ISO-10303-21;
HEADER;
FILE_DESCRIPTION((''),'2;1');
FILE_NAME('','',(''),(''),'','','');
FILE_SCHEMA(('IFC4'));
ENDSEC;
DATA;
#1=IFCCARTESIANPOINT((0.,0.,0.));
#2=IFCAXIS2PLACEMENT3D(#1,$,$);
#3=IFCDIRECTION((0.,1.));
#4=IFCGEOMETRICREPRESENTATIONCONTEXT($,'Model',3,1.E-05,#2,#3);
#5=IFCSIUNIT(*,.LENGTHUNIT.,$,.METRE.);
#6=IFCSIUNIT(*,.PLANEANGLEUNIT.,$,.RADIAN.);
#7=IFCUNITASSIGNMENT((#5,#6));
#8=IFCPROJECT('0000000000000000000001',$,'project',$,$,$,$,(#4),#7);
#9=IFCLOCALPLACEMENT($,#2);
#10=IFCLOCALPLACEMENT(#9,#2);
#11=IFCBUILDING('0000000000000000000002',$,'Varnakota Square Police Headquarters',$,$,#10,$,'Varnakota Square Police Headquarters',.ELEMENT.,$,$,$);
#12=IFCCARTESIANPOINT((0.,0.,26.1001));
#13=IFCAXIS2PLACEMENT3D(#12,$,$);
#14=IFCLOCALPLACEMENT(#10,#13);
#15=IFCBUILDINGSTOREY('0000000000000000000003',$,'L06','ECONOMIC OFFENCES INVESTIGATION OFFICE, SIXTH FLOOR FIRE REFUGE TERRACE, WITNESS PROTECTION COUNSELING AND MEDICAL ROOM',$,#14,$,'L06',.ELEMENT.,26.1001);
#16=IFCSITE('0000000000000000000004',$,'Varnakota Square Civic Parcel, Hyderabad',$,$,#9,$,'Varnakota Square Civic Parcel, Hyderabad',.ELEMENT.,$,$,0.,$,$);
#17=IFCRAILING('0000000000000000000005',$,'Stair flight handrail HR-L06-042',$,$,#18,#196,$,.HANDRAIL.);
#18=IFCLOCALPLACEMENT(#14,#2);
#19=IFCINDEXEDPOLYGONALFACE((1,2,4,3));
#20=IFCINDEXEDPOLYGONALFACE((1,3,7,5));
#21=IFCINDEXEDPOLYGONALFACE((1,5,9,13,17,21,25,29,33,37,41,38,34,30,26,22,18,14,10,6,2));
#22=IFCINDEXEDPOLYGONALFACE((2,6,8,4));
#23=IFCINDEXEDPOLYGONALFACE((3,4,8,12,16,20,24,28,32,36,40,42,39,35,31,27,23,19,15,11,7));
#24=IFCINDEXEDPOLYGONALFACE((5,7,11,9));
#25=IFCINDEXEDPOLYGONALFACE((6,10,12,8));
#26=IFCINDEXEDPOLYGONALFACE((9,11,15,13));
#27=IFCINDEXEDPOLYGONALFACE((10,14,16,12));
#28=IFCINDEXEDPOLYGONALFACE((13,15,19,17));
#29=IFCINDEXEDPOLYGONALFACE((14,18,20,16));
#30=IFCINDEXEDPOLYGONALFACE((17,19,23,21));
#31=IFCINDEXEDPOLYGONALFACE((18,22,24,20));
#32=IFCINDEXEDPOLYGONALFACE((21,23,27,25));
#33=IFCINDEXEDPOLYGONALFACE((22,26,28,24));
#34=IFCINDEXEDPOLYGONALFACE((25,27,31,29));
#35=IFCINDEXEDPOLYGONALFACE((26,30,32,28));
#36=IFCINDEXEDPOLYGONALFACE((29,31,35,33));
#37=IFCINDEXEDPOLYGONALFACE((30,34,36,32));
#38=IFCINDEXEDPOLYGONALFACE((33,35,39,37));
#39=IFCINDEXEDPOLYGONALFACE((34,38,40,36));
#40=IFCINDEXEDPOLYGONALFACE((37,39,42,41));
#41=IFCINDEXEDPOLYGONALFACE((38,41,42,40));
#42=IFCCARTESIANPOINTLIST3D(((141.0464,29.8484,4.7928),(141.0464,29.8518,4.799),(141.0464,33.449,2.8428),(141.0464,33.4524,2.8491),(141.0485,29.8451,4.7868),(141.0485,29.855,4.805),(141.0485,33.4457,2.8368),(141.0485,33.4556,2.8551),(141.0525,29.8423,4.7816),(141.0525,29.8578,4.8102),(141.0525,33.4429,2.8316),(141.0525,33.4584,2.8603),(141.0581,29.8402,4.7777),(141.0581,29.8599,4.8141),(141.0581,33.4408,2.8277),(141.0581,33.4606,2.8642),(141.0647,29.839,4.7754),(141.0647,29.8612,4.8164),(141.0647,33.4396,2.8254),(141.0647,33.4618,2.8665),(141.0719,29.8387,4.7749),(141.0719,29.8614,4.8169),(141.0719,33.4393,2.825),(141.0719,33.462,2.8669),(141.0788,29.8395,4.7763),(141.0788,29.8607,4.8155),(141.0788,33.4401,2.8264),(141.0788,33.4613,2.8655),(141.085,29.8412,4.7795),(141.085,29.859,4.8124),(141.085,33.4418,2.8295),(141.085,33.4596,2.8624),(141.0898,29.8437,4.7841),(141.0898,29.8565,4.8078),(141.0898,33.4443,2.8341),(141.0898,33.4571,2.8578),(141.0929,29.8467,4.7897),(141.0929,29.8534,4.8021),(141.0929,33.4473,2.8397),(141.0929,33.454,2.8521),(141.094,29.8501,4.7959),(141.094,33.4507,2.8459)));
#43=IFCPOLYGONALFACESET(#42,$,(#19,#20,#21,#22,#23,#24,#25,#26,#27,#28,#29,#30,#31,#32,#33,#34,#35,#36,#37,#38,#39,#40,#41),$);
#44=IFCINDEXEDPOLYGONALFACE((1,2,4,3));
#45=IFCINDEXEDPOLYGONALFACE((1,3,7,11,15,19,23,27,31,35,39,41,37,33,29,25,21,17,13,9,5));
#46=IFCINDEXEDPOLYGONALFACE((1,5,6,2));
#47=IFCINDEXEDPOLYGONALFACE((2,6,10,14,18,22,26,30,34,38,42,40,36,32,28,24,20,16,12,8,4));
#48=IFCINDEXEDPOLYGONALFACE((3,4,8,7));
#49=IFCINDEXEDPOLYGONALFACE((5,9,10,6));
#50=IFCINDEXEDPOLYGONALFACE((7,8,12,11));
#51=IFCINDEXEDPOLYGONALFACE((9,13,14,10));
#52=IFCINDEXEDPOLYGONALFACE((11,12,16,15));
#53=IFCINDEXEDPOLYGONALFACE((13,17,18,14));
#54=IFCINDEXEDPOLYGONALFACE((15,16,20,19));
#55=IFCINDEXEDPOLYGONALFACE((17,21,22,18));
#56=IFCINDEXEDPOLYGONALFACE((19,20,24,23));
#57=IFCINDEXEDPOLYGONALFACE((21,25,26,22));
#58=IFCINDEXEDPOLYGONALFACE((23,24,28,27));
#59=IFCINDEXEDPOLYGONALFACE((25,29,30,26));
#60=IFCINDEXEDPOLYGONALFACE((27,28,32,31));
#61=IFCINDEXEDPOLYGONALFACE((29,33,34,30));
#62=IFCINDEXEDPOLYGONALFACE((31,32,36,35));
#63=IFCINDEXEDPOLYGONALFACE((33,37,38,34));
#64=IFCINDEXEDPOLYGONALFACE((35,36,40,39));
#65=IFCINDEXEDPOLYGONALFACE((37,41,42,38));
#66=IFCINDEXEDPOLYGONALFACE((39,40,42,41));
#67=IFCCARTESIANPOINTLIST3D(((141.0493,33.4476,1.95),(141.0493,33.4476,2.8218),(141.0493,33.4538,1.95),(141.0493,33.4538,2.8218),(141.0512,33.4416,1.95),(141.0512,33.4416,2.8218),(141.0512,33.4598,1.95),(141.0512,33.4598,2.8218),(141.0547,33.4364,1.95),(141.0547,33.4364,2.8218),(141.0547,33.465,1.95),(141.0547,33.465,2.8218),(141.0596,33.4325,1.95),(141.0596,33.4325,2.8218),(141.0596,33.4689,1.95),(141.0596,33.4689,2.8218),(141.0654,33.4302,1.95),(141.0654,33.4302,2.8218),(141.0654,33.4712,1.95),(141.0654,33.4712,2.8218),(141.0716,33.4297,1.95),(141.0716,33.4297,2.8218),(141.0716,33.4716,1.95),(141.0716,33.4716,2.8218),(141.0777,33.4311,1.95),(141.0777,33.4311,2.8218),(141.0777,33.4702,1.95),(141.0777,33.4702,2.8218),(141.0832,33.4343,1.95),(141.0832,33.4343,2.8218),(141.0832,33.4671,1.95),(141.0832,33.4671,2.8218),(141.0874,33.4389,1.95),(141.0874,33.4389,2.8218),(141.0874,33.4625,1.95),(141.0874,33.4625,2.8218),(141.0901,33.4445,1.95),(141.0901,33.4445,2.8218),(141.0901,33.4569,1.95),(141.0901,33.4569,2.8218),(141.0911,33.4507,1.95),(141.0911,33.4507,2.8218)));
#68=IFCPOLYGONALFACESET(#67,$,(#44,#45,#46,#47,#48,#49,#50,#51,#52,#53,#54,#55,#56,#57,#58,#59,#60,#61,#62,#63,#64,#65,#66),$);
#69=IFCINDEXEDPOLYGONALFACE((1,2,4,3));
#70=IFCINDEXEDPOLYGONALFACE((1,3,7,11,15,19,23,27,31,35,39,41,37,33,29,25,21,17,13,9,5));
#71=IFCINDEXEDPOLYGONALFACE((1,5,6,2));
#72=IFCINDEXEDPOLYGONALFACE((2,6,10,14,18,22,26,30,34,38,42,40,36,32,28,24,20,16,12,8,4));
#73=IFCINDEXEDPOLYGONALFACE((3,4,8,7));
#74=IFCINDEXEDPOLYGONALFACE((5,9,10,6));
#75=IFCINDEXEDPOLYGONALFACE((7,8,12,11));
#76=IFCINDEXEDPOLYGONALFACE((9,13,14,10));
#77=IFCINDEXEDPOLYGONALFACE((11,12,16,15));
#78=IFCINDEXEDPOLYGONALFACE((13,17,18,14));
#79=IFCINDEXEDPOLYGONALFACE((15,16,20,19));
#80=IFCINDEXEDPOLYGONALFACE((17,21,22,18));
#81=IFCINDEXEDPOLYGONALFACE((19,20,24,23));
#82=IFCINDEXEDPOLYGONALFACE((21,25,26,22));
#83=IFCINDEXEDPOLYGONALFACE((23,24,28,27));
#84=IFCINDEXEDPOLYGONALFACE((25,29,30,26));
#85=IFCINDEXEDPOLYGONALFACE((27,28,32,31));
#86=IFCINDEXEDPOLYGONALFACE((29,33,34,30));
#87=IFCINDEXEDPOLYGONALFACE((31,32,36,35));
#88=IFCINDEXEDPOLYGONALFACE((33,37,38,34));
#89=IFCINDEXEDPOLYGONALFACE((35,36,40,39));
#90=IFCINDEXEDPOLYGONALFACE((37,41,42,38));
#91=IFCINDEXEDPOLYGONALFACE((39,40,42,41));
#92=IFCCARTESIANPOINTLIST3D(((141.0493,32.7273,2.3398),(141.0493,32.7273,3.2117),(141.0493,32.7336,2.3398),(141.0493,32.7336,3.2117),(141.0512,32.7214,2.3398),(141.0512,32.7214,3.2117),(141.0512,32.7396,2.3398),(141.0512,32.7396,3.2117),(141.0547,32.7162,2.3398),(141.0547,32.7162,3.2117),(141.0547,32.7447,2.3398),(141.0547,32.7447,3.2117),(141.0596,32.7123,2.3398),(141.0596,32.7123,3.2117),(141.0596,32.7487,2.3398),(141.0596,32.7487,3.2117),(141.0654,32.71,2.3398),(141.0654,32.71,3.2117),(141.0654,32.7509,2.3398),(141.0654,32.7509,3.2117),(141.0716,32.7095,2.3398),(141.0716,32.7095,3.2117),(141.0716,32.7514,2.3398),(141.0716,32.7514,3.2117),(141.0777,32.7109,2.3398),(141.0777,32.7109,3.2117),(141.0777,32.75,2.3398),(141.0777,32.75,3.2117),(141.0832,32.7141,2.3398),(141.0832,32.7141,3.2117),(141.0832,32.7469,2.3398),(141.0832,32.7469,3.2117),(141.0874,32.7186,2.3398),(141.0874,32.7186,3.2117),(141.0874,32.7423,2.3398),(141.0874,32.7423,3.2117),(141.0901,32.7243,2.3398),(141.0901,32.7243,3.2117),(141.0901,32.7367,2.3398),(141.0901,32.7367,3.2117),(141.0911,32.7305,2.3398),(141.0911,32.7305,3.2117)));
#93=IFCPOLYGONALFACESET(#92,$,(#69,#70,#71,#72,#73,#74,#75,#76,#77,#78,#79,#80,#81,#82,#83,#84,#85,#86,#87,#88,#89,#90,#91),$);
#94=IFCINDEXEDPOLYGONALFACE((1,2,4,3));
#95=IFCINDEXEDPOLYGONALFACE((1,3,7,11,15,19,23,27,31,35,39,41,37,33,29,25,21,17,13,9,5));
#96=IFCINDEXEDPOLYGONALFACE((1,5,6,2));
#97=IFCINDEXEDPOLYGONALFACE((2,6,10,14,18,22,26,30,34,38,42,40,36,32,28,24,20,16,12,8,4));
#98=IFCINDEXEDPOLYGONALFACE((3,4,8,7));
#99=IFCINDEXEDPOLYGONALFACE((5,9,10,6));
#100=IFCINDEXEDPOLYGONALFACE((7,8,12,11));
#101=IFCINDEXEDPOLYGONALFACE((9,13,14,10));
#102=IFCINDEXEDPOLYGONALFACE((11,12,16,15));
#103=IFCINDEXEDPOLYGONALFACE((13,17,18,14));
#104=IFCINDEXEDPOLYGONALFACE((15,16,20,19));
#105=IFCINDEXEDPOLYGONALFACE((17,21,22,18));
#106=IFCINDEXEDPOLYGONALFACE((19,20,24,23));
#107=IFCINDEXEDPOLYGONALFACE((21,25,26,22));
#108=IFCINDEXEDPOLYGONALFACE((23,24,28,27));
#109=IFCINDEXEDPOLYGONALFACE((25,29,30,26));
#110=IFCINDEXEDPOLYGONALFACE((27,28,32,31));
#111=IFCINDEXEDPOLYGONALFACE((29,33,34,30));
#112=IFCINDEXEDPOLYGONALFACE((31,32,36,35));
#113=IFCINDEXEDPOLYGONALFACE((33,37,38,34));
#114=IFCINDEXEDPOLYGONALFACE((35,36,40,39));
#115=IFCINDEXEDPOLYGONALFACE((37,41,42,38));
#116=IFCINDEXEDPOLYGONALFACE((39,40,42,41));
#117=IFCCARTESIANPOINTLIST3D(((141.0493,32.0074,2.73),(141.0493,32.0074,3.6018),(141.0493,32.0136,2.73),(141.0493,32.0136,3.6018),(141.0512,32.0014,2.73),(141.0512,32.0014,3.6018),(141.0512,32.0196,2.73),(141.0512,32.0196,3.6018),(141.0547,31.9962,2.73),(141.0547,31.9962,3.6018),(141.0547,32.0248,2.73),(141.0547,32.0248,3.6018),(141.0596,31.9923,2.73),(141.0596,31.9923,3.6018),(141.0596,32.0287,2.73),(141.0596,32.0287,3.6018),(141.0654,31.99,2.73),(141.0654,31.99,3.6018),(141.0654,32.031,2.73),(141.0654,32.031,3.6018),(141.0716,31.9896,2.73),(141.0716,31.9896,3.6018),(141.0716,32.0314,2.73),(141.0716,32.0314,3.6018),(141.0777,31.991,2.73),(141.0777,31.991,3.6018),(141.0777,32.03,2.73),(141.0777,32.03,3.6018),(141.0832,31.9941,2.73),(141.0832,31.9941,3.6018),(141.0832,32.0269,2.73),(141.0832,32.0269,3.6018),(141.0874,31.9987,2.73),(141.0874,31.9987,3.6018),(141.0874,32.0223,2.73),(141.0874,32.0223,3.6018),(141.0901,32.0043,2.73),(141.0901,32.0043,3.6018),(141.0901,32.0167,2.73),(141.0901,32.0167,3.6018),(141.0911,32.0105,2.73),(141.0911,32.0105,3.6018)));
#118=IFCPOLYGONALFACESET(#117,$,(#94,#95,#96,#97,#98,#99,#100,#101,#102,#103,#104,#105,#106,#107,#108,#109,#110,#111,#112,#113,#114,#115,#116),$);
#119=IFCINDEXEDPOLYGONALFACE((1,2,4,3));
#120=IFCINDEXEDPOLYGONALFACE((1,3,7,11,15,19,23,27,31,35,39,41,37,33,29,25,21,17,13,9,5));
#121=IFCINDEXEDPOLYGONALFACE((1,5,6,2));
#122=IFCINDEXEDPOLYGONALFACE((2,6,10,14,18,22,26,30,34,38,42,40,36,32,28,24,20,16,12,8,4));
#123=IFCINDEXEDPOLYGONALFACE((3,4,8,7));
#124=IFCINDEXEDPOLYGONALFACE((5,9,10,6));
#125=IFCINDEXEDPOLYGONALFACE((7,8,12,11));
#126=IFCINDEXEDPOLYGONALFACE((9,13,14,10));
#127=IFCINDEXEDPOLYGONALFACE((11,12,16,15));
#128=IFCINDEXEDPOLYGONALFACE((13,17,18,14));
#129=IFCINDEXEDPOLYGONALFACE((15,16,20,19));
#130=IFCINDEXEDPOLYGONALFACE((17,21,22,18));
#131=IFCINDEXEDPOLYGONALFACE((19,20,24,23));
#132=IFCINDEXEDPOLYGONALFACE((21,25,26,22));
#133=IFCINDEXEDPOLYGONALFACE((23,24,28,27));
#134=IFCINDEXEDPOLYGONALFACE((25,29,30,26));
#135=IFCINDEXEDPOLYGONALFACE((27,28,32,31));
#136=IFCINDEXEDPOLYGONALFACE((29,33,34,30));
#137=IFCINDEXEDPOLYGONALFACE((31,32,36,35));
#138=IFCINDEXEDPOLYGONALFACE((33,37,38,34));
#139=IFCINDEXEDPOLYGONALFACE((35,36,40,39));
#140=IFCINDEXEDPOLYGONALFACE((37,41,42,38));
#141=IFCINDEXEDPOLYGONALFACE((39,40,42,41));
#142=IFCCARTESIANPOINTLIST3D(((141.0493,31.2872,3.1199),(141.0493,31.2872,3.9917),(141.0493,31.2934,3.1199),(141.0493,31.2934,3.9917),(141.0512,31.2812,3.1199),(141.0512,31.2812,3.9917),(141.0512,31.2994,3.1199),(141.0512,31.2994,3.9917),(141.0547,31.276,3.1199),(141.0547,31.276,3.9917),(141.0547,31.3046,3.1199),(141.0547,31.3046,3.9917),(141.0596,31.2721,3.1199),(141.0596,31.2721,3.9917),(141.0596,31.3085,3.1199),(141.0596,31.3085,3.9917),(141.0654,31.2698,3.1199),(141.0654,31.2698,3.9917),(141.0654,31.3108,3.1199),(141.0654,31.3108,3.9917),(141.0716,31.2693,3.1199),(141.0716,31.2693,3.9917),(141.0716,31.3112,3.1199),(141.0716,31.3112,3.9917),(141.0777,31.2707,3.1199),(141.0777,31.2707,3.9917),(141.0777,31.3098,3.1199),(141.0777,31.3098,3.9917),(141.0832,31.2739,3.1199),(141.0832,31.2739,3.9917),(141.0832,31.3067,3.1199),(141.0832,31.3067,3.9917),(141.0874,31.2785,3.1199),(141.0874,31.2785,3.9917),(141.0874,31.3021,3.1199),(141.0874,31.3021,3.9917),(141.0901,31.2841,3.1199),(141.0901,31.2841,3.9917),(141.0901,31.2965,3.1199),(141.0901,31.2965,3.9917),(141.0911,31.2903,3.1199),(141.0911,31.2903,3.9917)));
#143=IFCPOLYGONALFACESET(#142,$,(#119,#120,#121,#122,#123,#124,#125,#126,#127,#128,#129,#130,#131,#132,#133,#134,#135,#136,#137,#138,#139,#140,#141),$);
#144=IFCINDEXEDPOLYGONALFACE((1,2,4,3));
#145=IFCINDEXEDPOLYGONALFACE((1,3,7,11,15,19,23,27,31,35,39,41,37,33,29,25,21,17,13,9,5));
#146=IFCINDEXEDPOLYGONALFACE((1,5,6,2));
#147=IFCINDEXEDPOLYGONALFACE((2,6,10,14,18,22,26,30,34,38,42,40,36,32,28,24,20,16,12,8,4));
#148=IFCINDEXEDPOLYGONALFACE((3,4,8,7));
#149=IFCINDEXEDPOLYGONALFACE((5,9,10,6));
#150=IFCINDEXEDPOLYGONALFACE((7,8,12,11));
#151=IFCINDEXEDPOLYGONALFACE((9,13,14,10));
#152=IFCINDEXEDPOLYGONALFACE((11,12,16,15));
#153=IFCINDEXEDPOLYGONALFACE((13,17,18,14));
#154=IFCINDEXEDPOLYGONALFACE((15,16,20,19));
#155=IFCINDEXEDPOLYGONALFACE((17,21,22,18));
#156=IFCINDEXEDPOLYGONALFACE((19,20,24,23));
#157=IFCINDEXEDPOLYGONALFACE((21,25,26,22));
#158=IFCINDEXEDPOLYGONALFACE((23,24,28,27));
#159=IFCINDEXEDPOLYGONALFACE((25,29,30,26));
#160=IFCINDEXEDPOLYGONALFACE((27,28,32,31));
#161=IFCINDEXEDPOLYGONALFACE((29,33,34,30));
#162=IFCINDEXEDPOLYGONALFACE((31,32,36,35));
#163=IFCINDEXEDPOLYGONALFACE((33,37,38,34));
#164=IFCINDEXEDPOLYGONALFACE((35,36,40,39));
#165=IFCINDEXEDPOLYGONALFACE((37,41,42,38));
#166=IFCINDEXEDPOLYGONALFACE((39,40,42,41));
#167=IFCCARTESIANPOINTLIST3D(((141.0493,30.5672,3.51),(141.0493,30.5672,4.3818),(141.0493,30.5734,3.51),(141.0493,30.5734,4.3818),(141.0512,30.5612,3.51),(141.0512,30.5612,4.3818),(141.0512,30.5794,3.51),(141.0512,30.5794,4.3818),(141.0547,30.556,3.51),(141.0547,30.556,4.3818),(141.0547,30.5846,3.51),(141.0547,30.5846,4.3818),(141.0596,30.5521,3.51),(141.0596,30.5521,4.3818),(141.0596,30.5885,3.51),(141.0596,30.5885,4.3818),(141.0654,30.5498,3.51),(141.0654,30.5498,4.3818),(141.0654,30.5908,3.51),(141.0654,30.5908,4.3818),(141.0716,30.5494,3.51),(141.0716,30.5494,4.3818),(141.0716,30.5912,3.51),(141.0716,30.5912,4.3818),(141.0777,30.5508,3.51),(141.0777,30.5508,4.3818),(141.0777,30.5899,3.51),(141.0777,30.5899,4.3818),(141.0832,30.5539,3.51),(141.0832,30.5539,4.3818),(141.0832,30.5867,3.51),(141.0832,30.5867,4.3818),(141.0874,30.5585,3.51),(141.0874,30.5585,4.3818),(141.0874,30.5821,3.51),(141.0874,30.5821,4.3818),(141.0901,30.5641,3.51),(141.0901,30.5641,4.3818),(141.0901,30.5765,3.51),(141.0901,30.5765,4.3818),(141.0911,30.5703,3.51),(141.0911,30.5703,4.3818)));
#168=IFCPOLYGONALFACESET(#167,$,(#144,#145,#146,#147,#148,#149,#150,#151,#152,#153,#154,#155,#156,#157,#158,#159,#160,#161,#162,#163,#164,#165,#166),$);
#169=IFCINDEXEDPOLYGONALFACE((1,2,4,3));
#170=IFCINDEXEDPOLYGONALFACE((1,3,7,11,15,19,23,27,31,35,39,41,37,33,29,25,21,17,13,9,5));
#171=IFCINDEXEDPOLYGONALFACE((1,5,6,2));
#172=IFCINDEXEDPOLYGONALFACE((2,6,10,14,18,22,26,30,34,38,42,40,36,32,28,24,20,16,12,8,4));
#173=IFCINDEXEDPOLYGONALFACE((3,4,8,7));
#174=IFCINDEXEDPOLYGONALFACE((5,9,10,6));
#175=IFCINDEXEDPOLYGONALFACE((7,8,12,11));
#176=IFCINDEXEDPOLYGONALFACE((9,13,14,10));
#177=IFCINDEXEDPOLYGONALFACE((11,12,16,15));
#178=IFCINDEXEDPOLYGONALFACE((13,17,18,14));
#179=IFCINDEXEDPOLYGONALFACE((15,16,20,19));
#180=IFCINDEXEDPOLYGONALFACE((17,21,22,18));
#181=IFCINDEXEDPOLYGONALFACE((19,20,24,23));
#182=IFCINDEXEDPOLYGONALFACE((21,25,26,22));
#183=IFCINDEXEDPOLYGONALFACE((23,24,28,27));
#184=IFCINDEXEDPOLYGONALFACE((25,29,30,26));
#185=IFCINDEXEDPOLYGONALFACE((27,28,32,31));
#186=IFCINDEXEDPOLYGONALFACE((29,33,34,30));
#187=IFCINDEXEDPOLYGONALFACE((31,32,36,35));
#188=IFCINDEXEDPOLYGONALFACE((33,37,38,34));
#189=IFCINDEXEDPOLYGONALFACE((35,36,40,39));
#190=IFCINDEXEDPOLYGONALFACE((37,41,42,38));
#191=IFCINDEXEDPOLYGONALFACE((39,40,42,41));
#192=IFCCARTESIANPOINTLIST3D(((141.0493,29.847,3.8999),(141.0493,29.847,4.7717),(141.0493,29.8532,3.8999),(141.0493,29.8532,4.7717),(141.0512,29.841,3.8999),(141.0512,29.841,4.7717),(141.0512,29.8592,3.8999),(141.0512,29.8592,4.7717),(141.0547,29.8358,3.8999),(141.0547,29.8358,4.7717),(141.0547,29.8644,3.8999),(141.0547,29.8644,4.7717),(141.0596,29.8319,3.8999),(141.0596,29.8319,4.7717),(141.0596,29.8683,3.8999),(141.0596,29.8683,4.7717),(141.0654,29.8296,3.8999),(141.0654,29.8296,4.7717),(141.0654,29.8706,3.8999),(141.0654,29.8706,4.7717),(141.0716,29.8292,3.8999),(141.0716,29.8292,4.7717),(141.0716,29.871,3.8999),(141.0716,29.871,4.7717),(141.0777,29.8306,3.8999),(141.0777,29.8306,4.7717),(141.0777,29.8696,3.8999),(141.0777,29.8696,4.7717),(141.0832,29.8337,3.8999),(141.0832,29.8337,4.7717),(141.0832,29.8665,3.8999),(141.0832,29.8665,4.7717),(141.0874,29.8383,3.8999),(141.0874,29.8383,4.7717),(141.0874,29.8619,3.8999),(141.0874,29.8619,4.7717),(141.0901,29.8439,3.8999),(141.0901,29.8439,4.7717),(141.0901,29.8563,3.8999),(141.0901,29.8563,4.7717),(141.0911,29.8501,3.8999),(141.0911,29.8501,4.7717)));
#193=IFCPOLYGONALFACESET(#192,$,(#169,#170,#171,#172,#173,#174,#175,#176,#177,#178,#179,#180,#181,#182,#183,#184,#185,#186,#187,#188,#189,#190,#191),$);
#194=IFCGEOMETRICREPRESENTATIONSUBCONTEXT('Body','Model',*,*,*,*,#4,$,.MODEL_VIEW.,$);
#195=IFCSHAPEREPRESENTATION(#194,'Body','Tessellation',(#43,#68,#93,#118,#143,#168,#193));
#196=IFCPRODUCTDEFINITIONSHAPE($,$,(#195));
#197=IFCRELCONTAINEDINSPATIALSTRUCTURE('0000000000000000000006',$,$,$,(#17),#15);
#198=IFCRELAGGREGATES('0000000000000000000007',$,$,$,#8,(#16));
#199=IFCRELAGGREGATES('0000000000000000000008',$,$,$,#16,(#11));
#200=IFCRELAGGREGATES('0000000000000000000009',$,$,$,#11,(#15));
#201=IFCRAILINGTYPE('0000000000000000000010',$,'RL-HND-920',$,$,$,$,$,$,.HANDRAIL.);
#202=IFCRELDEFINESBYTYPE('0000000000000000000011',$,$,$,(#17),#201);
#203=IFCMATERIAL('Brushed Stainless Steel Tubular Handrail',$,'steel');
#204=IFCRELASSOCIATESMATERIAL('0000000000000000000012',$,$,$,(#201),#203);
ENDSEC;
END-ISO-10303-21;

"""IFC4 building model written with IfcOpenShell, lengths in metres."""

from ifc_helpers import new_model, si_unit, direction, frame, origin, origin_2d, place, context, subcontext, project, spatial, circle, extrude, material, type_object, element, save


model = new_model("IFC4")

# Units and contexts
model_context = context("Model", 3, precision=1e-05, world=origin(), true_north=direction((0.0, 1.0)))
body_context = subcontext(model_context, "Body", "Model", "MODEL_VIEW")
ifc_project = project(units=[si_unit("LENGTHUNIT", "METRE"), si_unit("PLANEANGLEUNIT", "RADIAN")], contexts=[model_context])

# Site, building, storey
site_placement = place(None, origin())
site = spatial("IfcSite", under=ifc_project, at=site_placement, Name="Varnakota Square Civic Parcel, Hyderabad", LongName="Varnakota Square Civic Parcel, Hyderabad", CompositionType="ELEMENT", RefElevation=0.0)
building_placement = place(site_placement, origin())
building = spatial("IfcBuilding", under=site, at=building_placement, Name="Varnakota Square Police Headquarters", LongName="Varnakota Square Police Headquarters", CompositionType="ELEMENT")
storey_placement = place(building_placement, frame((0.0, 0.0, 26.1001)))
storey = spatial("IfcBuildingStorey", under=building, at=storey_placement, Name="L06", Description="ECONOMIC OFFENCES INVESTIGATION OFFICE, SIXTH FLOOR FIRE REFUGE TERRACE, WITNESS PROTECTION COUNSELING AND MEDICAL ROOM", LongName="L06", CompositionType="ELEMENT", Elevation=26.1001)

# Railing
ifc_material_1 = material(Name="Brushed Stainless Steel Tubular Handrail", Category="steel")
railing_type_1 = type_object("IfcRailingType", Name="RL-HND-920", PredefinedType="HANDRAIL", material=ifc_material_1)
railing_1_placement = place(storey_placement, frame((141.0701, 33.4507, 1.95)))
element("IfcRailing", 1, at=railing_1_placement, inside=storey, type_object=railing_type_1, Name="Stair flight handrail HR-L06-042", PredefinedType="HANDRAIL", context=body_context, shape_type="SweptSolid", body=[
    extrude(circle(Radius=0.0239, at=origin_2d()), frame((0.0, 0.0, 0.896), z_axis=(0.0, -0.879329, 0.476214), x_axis=(1.0, 0.0, 0.0)), (0.0, 0.0, 1.0), 4.0947),
    extrude(circle(Radius=0.021, at=origin_2d()), origin(), (0.0, 0.0, 1.0), 0.8718),
    extrude(circle(Radius=0.021, at=origin_2d()), frame((0.0, -0.7202, 0.3899)), (0.0, 0.0, 1.0), 0.8718),
    extrude(circle(Radius=0.021, at=origin_2d()), frame((0.0, -1.4402, 0.78)), (0.0, 0.0, 1.0), 0.8718),
    extrude(circle(Radius=0.021, at=origin_2d()), frame((0.0, -2.1604, 1.1699)), (0.0, 0.0, 1.0), 0.8718),
    extrude(circle(Radius=0.021, at=origin_2d()), frame((0.0, -2.8804, 1.5601)), (0.0, 0.0, 1.0), 0.8718),
    extrude(circle(Radius=0.021, at=origin_2d()), frame((0.0, -3.6006, 1.95)), (0.0, 0.0, 1.0), 0.8718),
])

save(model, "model.ifc")
